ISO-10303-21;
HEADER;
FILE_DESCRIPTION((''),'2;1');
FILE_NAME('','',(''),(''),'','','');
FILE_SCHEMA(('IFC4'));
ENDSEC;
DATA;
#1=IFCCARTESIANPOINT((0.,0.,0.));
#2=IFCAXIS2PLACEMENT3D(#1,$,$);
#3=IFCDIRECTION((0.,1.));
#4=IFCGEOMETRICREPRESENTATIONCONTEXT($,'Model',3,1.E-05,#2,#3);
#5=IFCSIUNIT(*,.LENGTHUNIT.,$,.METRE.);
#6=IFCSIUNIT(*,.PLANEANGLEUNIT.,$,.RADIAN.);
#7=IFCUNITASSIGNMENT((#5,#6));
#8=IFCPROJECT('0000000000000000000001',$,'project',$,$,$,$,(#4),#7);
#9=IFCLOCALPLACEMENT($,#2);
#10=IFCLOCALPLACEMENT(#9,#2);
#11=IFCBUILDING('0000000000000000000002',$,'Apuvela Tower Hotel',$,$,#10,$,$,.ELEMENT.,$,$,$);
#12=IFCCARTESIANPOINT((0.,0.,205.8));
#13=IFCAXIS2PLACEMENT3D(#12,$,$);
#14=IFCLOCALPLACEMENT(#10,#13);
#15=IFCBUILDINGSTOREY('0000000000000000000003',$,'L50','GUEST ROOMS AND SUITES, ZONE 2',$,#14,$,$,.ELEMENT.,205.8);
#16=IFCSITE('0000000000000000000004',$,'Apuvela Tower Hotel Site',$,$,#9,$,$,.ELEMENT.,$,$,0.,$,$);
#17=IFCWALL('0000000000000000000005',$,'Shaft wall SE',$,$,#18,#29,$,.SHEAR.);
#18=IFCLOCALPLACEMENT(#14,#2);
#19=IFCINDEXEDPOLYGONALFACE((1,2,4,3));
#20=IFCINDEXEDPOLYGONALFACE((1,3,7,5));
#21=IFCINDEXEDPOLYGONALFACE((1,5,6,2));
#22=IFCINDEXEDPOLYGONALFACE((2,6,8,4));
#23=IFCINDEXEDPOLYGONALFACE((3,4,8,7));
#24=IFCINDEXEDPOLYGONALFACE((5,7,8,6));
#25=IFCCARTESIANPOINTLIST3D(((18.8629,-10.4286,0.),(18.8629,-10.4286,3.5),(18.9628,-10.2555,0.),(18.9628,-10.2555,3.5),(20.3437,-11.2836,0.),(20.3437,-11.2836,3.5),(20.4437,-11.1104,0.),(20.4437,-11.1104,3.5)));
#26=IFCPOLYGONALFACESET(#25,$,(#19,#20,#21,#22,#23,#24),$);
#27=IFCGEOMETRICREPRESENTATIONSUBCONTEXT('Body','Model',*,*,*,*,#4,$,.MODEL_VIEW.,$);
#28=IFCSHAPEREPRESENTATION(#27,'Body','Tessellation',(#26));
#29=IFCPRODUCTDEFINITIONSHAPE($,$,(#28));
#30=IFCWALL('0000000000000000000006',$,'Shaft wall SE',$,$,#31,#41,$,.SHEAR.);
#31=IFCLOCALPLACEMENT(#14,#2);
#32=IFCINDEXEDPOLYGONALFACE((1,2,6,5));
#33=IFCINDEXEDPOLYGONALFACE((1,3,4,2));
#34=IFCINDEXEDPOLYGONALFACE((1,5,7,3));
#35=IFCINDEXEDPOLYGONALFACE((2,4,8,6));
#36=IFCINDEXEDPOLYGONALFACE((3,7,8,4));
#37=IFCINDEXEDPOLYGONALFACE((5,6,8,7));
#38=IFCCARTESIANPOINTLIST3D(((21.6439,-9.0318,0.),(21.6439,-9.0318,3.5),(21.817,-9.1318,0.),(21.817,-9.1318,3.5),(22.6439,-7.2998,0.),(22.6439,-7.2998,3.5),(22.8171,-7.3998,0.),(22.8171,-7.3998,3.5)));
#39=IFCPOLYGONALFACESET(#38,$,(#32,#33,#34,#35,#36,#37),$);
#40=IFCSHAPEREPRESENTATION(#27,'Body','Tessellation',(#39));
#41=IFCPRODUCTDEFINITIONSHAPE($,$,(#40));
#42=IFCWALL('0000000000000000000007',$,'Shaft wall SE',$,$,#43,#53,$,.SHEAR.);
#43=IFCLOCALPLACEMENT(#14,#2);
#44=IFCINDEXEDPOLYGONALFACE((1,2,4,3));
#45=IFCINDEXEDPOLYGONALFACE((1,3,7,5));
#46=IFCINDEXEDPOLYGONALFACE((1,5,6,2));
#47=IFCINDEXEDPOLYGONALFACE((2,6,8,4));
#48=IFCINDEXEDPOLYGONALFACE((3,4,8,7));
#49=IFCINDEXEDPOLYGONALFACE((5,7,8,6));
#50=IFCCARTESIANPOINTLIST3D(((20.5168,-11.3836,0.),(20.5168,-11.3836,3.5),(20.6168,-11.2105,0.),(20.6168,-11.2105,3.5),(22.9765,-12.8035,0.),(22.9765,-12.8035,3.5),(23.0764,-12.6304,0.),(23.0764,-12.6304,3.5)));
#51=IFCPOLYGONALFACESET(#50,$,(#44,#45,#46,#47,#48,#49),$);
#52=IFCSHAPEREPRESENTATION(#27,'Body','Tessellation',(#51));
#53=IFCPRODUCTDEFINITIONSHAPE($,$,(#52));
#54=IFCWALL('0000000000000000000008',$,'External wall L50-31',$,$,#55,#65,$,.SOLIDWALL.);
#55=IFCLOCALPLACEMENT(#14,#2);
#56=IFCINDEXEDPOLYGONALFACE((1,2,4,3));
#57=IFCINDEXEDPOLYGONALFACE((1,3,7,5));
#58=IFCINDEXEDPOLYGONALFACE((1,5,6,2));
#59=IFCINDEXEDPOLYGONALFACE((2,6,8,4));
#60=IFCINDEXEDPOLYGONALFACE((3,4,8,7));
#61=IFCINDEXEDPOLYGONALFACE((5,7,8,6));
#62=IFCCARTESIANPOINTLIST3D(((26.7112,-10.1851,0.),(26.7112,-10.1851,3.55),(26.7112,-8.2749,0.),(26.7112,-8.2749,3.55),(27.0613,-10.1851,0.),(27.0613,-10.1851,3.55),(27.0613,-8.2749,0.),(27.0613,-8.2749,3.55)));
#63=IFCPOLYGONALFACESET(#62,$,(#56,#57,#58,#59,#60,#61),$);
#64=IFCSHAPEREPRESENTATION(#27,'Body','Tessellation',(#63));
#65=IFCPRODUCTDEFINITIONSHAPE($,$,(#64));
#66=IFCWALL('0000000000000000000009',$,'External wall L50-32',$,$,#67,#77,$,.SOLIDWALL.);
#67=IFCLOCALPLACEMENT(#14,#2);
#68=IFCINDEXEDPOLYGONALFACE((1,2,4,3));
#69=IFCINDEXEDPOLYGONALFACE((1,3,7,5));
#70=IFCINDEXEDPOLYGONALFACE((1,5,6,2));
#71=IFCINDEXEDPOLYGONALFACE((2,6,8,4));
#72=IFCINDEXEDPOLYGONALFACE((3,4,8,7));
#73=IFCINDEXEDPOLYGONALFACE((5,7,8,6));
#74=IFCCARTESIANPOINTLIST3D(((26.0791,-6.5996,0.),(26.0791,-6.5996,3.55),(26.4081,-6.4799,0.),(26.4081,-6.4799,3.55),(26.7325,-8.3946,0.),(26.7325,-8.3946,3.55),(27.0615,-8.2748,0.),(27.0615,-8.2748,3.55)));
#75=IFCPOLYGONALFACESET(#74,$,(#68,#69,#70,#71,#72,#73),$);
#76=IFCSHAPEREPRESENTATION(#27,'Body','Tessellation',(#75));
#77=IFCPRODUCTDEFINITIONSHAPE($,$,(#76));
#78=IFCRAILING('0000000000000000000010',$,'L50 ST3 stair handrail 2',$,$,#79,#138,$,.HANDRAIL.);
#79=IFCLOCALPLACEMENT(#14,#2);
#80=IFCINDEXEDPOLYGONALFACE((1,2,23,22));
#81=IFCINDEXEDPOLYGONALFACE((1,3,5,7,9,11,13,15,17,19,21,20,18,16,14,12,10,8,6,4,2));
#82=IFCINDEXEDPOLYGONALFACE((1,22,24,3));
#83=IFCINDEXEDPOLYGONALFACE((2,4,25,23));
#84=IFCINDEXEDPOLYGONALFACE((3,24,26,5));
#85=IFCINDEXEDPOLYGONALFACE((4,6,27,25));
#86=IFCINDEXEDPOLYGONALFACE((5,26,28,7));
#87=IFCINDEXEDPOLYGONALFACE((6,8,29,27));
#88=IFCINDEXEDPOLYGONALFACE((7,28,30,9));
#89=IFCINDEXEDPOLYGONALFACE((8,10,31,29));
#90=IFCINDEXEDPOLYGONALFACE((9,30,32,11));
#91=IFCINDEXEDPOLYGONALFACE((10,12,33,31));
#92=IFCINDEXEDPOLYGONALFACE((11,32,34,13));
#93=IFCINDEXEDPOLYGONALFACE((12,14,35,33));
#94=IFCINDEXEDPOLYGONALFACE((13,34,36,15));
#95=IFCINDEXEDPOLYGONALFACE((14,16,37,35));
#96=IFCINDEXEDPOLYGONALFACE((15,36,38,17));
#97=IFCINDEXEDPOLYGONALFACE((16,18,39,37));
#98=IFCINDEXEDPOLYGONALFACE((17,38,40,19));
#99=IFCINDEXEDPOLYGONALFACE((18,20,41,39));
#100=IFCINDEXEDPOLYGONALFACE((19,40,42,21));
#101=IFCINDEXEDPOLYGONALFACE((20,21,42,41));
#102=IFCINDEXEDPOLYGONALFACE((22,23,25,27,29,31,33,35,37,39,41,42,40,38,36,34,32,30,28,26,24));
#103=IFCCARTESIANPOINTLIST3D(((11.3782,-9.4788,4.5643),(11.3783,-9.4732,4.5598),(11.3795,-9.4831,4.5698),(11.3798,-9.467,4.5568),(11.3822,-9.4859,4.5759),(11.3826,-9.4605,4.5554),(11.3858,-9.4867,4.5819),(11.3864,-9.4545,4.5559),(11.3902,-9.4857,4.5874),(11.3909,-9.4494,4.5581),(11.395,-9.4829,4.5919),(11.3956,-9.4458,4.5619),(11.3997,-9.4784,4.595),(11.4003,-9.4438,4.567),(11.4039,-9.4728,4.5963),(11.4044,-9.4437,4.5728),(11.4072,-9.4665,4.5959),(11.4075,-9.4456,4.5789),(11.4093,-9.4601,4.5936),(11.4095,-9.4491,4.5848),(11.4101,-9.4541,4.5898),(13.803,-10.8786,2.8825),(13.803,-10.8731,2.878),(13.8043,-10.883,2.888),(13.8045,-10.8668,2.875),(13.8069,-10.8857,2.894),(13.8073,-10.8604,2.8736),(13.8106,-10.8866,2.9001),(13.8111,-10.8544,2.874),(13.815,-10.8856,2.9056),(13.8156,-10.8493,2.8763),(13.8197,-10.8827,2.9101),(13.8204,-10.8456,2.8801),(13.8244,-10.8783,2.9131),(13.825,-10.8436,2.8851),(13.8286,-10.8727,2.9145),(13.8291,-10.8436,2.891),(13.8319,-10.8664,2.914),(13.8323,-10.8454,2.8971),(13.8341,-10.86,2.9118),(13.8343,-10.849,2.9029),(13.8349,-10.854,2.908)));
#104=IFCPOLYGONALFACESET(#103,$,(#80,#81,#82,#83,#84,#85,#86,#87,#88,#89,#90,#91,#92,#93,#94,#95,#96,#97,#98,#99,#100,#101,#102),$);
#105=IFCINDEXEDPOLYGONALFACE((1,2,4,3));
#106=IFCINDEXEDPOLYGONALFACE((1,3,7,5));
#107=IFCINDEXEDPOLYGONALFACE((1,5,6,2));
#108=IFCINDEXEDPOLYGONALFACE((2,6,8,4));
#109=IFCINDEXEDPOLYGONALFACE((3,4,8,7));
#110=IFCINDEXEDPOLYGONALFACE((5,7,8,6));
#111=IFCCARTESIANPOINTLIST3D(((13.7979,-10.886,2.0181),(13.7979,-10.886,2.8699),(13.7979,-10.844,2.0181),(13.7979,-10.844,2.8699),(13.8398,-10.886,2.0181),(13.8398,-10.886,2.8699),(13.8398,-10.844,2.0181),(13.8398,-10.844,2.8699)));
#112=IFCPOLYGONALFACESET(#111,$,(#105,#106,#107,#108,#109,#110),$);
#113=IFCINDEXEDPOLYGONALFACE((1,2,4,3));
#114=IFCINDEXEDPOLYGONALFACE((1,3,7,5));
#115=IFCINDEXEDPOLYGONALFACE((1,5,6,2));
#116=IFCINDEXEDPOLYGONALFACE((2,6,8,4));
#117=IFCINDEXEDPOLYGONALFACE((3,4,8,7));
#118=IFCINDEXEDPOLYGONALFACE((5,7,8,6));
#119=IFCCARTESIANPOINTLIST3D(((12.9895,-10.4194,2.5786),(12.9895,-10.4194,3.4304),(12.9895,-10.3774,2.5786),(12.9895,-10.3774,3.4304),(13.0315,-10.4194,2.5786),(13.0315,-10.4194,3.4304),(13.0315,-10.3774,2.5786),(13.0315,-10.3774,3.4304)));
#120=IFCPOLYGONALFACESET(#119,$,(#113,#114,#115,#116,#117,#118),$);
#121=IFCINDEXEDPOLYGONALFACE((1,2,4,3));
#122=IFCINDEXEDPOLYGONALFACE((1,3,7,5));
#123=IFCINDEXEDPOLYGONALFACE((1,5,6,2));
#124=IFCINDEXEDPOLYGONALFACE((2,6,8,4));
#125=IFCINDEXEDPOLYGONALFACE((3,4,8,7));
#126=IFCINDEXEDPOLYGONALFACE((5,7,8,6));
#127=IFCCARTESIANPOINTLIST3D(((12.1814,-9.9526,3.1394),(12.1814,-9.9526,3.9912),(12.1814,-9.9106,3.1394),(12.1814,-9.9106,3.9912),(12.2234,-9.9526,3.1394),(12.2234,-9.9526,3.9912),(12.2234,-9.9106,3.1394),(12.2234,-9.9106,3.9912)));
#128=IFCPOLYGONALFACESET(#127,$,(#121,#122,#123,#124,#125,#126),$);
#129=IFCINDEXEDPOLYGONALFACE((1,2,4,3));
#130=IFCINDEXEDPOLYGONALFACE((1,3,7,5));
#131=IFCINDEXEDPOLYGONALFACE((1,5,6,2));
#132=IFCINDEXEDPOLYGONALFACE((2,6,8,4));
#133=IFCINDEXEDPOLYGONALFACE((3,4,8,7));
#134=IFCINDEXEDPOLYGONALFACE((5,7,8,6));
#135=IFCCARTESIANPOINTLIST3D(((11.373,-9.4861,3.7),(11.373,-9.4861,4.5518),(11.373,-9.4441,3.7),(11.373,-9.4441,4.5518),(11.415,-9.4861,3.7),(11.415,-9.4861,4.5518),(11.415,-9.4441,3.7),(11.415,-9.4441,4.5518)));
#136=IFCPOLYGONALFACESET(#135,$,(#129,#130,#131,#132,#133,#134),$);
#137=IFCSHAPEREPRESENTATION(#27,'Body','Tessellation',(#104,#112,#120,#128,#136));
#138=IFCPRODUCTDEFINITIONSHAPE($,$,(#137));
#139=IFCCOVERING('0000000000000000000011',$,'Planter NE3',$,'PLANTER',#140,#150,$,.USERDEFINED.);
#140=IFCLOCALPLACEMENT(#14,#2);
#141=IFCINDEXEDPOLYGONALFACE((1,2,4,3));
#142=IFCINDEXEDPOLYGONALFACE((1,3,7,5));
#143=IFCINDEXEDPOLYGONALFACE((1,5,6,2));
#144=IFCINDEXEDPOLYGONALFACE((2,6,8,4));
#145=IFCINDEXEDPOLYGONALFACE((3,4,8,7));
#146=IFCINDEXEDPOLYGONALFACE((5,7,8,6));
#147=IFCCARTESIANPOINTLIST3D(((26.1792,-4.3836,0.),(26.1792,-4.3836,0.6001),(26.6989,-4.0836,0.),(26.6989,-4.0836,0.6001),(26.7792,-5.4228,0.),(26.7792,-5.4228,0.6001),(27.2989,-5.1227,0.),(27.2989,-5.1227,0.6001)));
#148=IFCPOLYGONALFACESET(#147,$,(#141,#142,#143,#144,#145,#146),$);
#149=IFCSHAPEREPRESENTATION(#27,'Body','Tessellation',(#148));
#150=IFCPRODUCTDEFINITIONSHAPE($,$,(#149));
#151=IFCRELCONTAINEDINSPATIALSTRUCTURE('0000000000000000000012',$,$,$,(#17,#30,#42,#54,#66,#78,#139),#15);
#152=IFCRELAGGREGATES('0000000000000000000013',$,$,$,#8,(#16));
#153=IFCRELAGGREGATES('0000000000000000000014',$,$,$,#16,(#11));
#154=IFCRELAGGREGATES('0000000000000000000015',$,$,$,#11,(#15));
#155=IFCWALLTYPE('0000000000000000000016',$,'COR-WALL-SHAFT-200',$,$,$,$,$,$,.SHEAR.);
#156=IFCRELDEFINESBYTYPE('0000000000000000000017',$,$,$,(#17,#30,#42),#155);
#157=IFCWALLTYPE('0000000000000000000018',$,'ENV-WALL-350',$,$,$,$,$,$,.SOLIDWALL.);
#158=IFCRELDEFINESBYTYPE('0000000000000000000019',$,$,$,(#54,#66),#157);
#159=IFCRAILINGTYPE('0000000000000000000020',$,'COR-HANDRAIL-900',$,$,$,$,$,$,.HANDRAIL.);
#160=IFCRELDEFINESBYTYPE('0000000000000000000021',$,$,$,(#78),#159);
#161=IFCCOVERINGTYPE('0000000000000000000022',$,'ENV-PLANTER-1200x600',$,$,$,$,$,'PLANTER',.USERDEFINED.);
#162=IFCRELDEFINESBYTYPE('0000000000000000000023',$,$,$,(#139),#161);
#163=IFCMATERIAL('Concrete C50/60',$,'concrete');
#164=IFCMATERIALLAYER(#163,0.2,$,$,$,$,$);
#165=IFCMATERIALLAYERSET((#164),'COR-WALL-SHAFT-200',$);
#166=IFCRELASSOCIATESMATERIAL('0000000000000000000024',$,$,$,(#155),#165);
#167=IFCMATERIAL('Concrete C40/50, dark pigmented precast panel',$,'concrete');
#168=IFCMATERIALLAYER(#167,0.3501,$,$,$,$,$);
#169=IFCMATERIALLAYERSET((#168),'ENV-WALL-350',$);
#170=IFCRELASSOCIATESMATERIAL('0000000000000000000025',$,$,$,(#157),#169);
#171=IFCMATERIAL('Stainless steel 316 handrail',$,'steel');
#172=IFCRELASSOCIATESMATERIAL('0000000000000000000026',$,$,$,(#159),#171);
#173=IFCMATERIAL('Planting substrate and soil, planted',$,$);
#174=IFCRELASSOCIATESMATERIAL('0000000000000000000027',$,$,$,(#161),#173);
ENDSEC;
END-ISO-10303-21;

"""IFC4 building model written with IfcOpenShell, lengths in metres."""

from ifc_helpers import new_model, si_unit, direction, frame, frame_2d, origin, origin_2d, place, context, subcontext, project, spatial, rectangle, circle, extrude, material, layer, layer_set, type_object, element, save


model = new_model("IFC4")

# Units and contexts
model_context = context("Model", 3, precision=1e-05, world=origin(), true_north=direction((0.0, 1.0)))
body_context = subcontext(model_context, "Body", "Model", "MODEL_VIEW")
ifc_project = project(units=[si_unit("LENGTHUNIT", "METRE"), si_unit("PLANEANGLEUNIT", "RADIAN")], contexts=[model_context])

# Site, building, storey
site_placement = place(None, origin())
site = spatial("IfcSite", under=ifc_project, at=site_placement, Name="Apuvela Tower Hotel Site", CompositionType="ELEMENT", RefElevation=0.0)
building_placement = place(site_placement, origin())
building = spatial("IfcBuilding", under=site, at=building_placement, Name="Apuvela Tower Hotel", CompositionType="ELEMENT")
storey_placement = place(building_placement, frame((0.0, 0.0, 205.8)))
storey = spatial("IfcBuildingStorey", under=building, at=storey_placement, Name="L50", Description="GUEST ROOMS AND SUITES, ZONE 2", CompositionType="ELEMENT", Elevation=205.8)

# Walls
ifc_material_1 = material(Name="Concrete C50/60", Category="concrete")
ifc_layer_1 = layer(ifc_material_1, 0.2)
ifc_layer_set_1 = layer_set([ifc_layer_1], Name="COR-WALL-SHAFT-200")
wall_type_1 = type_object("IfcWallType", Name="COR-WALL-SHAFT-200", PredefinedType="SHEAR", material=ifc_layer_set_1)
wall_1_placement = place(storey_placement, frame((18.9128, -10.342, 0.0), z_axis=(0.0, 0.0, 1.0), x_axis=(0.866038, -0.499978, 0.0)))
element("IfcWall", 1, at=wall_1_placement, inside=storey, type_object=wall_type_1, Name="Shaft wall SE", PredefinedType="SHEAR", context=body_context, shape_type="SweptSolid", body=[
    extrude(rectangle(XDim=1.71, YDim=0.2, at=frame_2d((0.855, 0.0))), origin(), (0.0, 0.0, 1.0), 3.5),
])
wall_2_placement = place(storey_placement, frame((21.7305, -9.0818, 0.0), z_axis=(0.0, 0.0, 1.0), x_axis=(0.500025, 0.866011, 0.0)))
element("IfcWall", 2, at=wall_2_placement, inside=storey, type_object=wall_type_1, Name="Shaft wall SE", PredefinedType="SHEAR", context=body_context, shape_type="SweptSolid", body=[
    extrude(rectangle(XDim=2.0, YDim=0.2, at=frame_2d((1.0, 0.0))), origin(), (0.0, 0.0, 1.0), 3.5),
])
wall_3_placement = place(storey_placement, frame((20.5669, -11.2971, 0.0), z_axis=(0.0, 0.0, 1.0), x_axis=(0.866055, -0.499948, 0.0)))
element("IfcWall", 3, at=wall_3_placement, inside=storey, type_object=wall_type_1, Name="Shaft wall SE", PredefinedType="SHEAR", context=body_context, shape_type="SweptSolid", body=[
    extrude(rectangle(XDim=2.8401, YDim=0.2, at=frame_2d((1.4199, 0.0))), origin(), (0.0, 0.0, 1.0), 3.5),
])
ifc_material_2 = material(Name="Concrete C40/50, dark pigmented precast panel", Category="concrete")
ifc_layer_2 = layer(ifc_material_2, 0.3501)
ifc_layer_set_2 = layer_set([ifc_layer_2], Name="ENV-WALL-350")
wall_type_2 = type_object("IfcWallType", Name="ENV-WALL-350", PredefinedType="SOLIDWALL", material=ifc_layer_set_2)
for number, where, z_axis, x_axis, name in (
    (4, (26.8862, -10.1851, 0.0), (0.0, 0.0, 1.0), (0.0, 1.0, 0.0), "External wall L50-31"),
    (5, (26.897, -8.3347, 0.0), (0.0, 0.0, 1.0), (-0.34203, 0.939689, 0.0), "External wall L50-32"),
):
    element("IfcWall", number, at=place(storey_placement, frame(where, z_axis=z_axis, x_axis=x_axis)), inside=storey, type_object=wall_type_2, Name=name, PredefinedType="SOLIDWALL", context=body_context, shape_type="SweptSolid", body=[
        extrude(rectangle(XDim=1.9102, YDim=0.3501, at=frame_2d((0.9551, 0.0))), origin(), (0.0, 0.0, 1.0), 3.55),
    ])

# Railing
ifc_material_3 = material(Name="Stainless steel 316 handrail", Category="steel")
railing_type_1 = type_object("IfcRailingType", Name="COR-HANDRAIL-900", PredefinedType="HANDRAIL", material=ifc_material_3)
railing_1_placement = place(storey_placement, frame((13.8188, -10.865, 2.0181)))
element("IfcRailing", 6, at=railing_1_placement, inside=storey, type_object=railing_type_1, Name="L50 ST3 stair handrail 2", PredefinedType="HANDRAIL", context=body_context, shape_type="SweptSolid", body=[
    extrude(circle(Radius=0.0239, at=origin_2d()), frame((0.0, 0.0, 0.876), z_axis=(-0.74239, 0.428601, 0.514934), x_axis=(-0.499984, -0.866035, 0.0)), (0.0, 0.0, 1.0), 3.2661),
    extrude(rectangle(XDim=0.042, YDim=0.042, at=origin_2d()), origin(), (0.0, 0.0, 1.0), 0.8518),
    extrude(rectangle(XDim=0.042, YDim=0.042, at=origin_2d()), frame((-0.8083, 0.4666, 0.5605)), (0.0, 0.0, 1.0), 0.8518),
    extrude(rectangle(XDim=0.042, YDim=0.042, at=origin_2d()), frame((-1.6165, 0.9333, 1.1213)), (0.0, 0.0, 1.0), 0.8518),
    extrude(rectangle(XDim=0.042, YDim=0.042, at=origin_2d()), frame((-2.4248, 1.3999, 1.6819)), (0.0, 0.0, 1.0), 0.8518),
])

# Covering
ifc_material_4 = material(Name="Planting substrate and soil, planted")
covering_type = type_object("IfcCoveringType", Name="ENV-PLANTER-1200x600", ElementType="PLANTER", PredefinedType="USERDEFINED", material=ifc_material_4)
covering_placement = place(storey_placement, frame((26.739, -4.7532, 0.0), z_axis=(0.0, 0.0, 1.0), x_axis=(-0.5, 0.866025, 0.0)))
element("IfcCovering", 7, at=covering_placement, inside=storey, type_object=covering_type, Name="Planter NE3", ObjectType="PLANTER", PredefinedType="USERDEFINED", context=body_context, shape_type="SweptSolid", body=[
    extrude(rectangle(XDim=1.2, YDim=0.6001, at=origin_2d()), origin(), (0.0, 0.0, 1.0), 0.6001),
])

save(model, "model.ifc")
